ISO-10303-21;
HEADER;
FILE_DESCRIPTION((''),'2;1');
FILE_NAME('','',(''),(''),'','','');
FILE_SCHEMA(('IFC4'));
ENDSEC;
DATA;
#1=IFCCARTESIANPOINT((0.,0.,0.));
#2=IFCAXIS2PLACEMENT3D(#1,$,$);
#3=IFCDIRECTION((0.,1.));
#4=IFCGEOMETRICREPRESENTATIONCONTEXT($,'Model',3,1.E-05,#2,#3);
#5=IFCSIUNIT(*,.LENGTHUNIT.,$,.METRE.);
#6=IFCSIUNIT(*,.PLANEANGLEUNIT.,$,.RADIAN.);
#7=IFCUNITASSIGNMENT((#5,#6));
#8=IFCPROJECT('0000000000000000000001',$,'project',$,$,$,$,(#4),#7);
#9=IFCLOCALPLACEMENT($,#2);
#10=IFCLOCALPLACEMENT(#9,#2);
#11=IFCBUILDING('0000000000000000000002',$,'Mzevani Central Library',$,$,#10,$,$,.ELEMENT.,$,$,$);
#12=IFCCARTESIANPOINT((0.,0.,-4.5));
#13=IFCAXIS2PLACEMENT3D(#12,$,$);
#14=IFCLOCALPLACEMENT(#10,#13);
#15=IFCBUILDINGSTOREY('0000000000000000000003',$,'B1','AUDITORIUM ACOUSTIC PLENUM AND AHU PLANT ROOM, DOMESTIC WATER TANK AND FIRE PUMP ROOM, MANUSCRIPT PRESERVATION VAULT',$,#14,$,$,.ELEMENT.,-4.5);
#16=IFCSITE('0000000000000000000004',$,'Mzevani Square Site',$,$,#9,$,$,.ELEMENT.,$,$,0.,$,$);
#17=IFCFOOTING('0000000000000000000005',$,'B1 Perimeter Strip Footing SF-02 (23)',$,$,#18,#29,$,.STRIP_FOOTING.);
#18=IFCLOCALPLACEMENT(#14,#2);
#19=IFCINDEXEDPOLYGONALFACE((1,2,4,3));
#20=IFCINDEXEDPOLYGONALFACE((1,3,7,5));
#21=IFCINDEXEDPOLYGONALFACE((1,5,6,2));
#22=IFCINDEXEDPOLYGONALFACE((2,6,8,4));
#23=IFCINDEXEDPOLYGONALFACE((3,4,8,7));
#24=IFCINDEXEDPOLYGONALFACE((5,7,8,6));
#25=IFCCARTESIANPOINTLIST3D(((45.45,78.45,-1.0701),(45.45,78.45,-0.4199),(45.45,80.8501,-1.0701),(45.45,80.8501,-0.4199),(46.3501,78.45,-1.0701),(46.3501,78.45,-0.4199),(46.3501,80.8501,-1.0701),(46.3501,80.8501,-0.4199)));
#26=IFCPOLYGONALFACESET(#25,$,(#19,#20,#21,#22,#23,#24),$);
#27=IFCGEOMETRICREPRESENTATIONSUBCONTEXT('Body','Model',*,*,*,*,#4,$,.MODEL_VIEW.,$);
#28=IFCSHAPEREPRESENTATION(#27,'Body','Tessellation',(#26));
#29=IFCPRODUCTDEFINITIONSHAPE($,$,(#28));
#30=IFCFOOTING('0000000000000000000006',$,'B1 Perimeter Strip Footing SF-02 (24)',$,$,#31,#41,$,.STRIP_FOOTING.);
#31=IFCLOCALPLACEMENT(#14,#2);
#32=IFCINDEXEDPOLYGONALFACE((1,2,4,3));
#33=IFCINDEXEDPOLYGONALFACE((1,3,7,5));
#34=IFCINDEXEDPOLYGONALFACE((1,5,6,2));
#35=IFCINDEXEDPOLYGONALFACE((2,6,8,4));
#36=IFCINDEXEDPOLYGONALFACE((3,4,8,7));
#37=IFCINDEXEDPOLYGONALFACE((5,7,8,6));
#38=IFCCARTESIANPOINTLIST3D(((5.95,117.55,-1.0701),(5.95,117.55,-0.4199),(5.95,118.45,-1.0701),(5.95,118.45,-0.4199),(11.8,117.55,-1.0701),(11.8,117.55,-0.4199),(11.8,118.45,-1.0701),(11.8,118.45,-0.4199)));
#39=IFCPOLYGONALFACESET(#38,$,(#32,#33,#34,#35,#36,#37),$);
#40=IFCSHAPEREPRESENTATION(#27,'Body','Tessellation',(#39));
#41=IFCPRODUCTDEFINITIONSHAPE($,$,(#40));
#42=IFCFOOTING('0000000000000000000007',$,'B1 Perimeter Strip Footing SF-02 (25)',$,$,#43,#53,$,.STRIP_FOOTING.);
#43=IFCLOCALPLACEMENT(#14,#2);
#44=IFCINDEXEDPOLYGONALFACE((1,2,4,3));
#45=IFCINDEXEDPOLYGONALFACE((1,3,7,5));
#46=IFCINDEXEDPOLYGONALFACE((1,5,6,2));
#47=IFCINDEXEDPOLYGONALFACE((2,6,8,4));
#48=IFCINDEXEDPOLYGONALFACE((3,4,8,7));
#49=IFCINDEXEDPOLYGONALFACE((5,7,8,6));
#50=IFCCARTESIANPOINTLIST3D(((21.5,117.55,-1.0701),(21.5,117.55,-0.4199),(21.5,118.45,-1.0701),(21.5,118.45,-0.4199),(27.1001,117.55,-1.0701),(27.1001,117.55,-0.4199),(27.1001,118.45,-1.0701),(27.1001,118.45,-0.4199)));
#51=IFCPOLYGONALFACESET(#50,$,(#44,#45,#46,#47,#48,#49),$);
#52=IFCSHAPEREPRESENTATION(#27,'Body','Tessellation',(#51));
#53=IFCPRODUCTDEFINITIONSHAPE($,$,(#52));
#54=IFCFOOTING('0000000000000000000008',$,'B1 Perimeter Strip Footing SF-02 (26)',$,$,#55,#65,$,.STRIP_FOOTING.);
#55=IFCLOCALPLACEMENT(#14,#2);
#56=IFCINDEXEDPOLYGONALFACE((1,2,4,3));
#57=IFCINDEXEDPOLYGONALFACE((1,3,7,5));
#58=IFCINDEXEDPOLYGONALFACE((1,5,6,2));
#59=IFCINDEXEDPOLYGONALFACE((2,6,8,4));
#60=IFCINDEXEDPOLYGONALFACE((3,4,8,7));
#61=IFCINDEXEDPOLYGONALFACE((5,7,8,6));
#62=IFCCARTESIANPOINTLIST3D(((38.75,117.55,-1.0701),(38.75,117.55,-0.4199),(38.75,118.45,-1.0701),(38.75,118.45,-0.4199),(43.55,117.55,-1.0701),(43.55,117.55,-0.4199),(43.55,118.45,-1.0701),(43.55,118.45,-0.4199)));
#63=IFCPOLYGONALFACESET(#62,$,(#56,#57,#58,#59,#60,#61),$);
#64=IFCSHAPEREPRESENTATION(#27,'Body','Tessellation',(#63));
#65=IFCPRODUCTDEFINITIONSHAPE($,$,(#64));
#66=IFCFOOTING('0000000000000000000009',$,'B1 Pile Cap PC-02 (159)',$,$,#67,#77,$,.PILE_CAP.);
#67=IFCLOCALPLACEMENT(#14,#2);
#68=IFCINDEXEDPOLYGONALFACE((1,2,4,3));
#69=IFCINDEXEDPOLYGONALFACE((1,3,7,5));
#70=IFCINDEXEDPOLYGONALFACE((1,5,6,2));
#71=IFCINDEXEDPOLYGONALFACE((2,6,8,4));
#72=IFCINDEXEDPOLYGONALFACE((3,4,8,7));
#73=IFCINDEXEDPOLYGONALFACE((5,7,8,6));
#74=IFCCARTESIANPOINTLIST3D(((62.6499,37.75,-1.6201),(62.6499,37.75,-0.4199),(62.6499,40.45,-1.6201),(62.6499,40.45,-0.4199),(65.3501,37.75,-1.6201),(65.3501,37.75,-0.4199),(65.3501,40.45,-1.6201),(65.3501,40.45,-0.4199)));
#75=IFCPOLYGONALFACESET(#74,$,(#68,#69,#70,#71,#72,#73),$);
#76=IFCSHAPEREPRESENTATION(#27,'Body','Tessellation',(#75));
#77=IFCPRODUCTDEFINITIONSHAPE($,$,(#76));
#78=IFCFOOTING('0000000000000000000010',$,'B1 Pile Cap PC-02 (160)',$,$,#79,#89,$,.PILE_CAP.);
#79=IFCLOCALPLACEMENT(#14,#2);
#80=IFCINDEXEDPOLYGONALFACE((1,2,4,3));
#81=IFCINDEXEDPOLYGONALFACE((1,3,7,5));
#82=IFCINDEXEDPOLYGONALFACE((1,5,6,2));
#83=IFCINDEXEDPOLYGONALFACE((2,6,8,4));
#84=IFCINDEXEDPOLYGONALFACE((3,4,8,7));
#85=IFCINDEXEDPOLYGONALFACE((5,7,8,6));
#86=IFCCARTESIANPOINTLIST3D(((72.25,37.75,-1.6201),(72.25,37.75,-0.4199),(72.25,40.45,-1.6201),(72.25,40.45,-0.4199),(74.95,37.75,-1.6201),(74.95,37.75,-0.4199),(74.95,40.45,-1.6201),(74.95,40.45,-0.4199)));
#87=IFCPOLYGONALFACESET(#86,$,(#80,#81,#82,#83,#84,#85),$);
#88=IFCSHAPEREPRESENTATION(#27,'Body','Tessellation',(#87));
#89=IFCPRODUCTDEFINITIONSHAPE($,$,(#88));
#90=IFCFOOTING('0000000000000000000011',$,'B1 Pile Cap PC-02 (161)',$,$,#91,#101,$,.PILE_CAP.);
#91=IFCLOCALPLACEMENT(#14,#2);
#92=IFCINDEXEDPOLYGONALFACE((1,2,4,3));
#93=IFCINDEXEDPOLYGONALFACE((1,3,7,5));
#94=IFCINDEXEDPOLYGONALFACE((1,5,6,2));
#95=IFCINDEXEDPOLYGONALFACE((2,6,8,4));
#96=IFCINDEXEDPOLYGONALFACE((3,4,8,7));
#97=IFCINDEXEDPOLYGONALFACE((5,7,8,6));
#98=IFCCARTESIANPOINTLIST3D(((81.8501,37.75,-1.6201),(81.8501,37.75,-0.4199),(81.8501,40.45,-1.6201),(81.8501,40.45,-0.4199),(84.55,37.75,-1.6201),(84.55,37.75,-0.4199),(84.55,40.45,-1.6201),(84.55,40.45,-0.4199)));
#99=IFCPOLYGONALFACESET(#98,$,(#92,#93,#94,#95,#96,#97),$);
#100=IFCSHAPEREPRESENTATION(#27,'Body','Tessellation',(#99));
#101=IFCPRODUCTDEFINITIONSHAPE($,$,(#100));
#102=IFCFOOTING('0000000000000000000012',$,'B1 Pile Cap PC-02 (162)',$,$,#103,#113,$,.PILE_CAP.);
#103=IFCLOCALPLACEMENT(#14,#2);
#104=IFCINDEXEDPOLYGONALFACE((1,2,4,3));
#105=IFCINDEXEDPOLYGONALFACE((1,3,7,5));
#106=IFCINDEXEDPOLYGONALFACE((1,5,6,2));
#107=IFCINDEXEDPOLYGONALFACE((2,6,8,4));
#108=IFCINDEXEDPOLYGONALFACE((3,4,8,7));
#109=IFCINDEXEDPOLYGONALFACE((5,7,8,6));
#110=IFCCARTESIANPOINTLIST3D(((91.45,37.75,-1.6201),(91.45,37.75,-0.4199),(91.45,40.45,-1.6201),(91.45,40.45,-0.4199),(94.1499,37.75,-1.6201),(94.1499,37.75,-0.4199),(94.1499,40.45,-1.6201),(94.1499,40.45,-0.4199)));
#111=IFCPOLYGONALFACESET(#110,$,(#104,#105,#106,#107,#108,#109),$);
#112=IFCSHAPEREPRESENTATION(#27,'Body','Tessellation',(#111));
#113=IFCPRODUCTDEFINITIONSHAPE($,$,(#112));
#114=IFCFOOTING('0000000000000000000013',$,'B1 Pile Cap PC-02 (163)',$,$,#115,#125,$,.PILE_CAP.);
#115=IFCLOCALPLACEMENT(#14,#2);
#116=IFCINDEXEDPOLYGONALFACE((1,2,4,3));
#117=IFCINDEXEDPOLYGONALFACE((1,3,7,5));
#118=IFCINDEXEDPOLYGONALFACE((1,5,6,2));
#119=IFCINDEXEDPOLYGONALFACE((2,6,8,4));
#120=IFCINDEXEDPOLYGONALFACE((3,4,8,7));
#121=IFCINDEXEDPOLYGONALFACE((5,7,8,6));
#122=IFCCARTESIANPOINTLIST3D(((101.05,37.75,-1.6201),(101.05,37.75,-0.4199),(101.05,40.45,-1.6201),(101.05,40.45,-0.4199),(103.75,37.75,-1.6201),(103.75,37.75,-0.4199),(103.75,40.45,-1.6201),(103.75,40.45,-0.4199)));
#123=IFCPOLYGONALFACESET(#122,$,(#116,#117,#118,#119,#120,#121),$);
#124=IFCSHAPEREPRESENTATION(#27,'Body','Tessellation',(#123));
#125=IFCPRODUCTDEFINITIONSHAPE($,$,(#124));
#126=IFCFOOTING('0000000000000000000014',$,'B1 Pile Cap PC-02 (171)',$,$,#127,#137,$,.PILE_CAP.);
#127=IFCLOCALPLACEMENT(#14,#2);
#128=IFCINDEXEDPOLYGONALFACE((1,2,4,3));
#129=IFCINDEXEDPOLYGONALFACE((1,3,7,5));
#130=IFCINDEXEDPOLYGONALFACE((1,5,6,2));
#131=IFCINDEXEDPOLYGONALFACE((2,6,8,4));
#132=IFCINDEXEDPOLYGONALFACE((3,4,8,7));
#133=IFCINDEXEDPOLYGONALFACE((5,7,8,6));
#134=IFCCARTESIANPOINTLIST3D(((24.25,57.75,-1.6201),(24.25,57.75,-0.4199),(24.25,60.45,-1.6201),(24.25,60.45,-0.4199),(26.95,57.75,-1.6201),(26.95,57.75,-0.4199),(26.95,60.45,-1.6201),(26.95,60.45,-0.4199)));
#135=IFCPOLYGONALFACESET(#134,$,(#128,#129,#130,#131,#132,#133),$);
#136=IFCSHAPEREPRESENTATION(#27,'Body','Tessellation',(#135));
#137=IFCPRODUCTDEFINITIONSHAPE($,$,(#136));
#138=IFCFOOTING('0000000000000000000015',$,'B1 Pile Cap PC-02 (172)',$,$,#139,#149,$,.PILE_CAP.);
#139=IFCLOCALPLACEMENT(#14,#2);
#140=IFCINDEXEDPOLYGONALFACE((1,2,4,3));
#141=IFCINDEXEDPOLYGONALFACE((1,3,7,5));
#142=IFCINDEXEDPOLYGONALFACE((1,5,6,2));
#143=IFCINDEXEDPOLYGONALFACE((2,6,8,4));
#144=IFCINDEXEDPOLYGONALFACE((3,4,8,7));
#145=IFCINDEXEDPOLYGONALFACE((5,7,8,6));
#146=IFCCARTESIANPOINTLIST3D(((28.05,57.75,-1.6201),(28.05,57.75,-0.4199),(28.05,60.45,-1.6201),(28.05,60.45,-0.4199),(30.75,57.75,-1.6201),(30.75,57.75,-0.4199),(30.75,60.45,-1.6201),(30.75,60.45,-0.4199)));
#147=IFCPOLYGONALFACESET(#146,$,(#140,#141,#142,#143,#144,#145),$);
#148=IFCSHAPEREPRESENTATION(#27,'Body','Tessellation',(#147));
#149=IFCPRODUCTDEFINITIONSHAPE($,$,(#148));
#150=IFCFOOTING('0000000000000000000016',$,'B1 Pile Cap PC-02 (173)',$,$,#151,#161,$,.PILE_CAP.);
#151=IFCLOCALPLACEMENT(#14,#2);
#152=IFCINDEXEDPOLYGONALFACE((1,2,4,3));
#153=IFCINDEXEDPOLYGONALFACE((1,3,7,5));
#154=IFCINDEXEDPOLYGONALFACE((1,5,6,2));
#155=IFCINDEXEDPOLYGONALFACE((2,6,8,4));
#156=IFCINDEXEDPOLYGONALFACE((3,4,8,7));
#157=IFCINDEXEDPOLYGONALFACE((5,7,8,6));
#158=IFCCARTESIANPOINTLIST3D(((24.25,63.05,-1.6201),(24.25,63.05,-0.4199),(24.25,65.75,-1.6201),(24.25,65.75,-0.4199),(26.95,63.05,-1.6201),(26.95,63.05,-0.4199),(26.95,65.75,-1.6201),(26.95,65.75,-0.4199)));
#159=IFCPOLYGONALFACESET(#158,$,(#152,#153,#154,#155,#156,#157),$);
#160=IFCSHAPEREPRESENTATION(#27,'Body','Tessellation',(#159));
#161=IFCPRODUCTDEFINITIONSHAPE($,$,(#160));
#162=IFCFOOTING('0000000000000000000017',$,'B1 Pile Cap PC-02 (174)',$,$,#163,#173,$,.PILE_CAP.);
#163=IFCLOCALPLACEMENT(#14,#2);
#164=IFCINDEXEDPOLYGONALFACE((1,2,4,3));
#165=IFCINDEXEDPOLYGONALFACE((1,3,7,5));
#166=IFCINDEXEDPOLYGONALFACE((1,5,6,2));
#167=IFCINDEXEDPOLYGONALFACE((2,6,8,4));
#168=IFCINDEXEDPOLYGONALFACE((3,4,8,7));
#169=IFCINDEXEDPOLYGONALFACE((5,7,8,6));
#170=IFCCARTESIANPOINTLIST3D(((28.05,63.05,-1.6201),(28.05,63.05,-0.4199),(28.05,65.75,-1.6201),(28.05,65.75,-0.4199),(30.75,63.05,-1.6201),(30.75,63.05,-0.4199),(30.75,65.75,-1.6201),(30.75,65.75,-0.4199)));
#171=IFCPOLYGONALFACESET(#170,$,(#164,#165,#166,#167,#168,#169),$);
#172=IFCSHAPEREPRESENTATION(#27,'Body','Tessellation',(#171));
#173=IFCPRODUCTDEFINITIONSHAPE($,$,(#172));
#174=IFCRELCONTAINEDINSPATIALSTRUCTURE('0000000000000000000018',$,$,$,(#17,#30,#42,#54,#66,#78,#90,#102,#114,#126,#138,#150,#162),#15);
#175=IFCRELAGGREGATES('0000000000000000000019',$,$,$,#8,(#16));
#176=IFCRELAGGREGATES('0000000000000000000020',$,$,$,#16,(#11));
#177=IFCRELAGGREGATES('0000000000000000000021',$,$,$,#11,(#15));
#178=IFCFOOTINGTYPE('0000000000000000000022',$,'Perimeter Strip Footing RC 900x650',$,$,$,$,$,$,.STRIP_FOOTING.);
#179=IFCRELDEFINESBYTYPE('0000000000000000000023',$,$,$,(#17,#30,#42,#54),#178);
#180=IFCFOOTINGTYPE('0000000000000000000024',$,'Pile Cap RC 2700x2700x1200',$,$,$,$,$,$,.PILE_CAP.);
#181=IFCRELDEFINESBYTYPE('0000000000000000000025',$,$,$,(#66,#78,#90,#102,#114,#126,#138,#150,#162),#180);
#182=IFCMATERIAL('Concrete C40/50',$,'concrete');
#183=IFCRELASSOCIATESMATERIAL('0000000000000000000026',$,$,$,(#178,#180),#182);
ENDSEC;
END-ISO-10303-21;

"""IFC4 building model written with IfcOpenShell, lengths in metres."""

from ifc_helpers import new_model, si_unit, direction, frame, origin, place, context, subcontext, project, spatial, polyline, outline, extrude, material, type_object, element, save


model = new_model("IFC4")

# Units and contexts
model_context = context("Model", 3, precision=1e-05, world=origin(), true_north=direction((0.0, 1.0)))
body_context = subcontext(model_context, "Body", "Model", "MODEL_VIEW")
ifc_project = project(units=[si_unit("LENGTHUNIT", "METRE"), si_unit("PLANEANGLEUNIT", "RADIAN")], contexts=[model_context])

# Site, building, storey
site_placement = place(None, origin())
site = spatial("IfcSite", under=ifc_project, at=site_placement, Name="Mzevani Square Site", CompositionType="ELEMENT", RefElevation=0.0)
building_placement = place(site_placement, origin())
building = spatial("IfcBuilding", under=site, at=building_placement, Name="Mzevani Central Library", CompositionType="ELEMENT")
storey_placement = place(building_placement, frame((0.0, 0.0, -4.5)))
storey = spatial("IfcBuildingStorey", under=building, at=storey_placement, Name="B1", Description="AUDITORIUM ACOUSTIC PLENUM AND AHU PLANT ROOM, DOMESTIC WATER TANK AND FIRE PUMP ROOM, MANUSCRIPT PRESERVATION VAULT", CompositionType="ELEMENT", Elevation=-4.5)

# Footings
ifc_material = material(Name="Concrete C40/50", Category="concrete")
footing_type_1 = type_object("IfcFootingType", Name="Perimeter Strip Footing RC 900x650", PredefinedType="STRIP_FOOTING", material=ifc_material)
footing_1_placement = place(storey_placement, frame((0.0, 0.0, -1.0701)))
element("IfcFooting", 1, at=footing_1_placement, inside=storey, type_object=footing_type_1, Name="B1 Perimeter Strip Footing SF-02 (23)", PredefinedType="STRIP_FOOTING", context=body_context, shape_type="SweptSolid", body=[
    extrude(outline(polyline([(45.45, 78.45), (45.45, 80.8501), (46.3501, 80.8501), (46.3501, 78.45), (45.45, 78.45)])), origin(), (0.0, 0.0, 1.0), 0.6501),
])
footing_2_placement = place(storey_placement, frame((0.0, 0.0, -1.0701)))
element("IfcFooting", 2, at=footing_2_placement, inside=storey, type_object=footing_type_1, Name="B1 Perimeter Strip Footing SF-02 (24)", PredefinedType="STRIP_FOOTING", context=body_context, shape_type="SweptSolid", body=[
    extrude(outline(polyline([(11.8, 117.55), (5.95, 117.55), (5.95, 118.45), (11.8, 118.45), (11.8, 117.55)])), origin(), (0.0, 0.0, 1.0), 0.6501),
])
footing_3_placement = place(storey_placement, frame((0.0, 0.0, -1.0701)))
element("IfcFooting", 3, at=footing_3_placement, inside=storey, type_object=footing_type_1, Name="B1 Perimeter Strip Footing SF-02 (25)", PredefinedType="STRIP_FOOTING", context=body_context, shape_type="SweptSolid", body=[
    extrude(outline(polyline([(27.1001, 117.55), (21.5, 117.55), (21.5, 118.45), (27.1001, 118.45), (27.1001, 117.55)])), origin(), (0.0, 0.0, 1.0), 0.6501),
])
footing_4_placement = place(storey_placement, frame((0.0, 0.0, -1.0701)))
element("IfcFooting", 4, at=footing_4_placement, inside=storey, type_object=footing_type_1, Name="B1 Perimeter Strip Footing SF-02 (26)", PredefinedType="STRIP_FOOTING", context=body_context, shape_type="SweptSolid", body=[
    extrude(outline(polyline([(43.55, 117.55), (38.75, 117.55), (38.75, 118.45), (43.55, 118.45), (43.55, 117.55)])), origin(), (0.0, 0.0, 1.0), 0.6501),
])
footing_type_2 = type_object("IfcFootingType", Name="Pile Cap RC 2700x2700x1200", PredefinedType="PILE_CAP", material=ifc_material)
footing_5_placement = place(storey_placement, frame((0.0, 0.0, -1.6201)))
element("IfcFooting", 5, at=footing_5_placement, inside=storey, type_object=footing_type_2, Name="B1 Pile Cap PC-02 (159)", PredefinedType="PILE_CAP", context=body_context, shape_type="SweptSolid", body=[
    extrude(outline(polyline([(62.6499, 37.75), (65.3501, 37.75), (65.3501, 40.45), (62.6499, 40.45), (62.6499, 37.75)])), origin(), (0.0, 0.0, 1.0), 1.2002),
])
footing_6_placement = place(storey_placement, frame((0.0, 0.0, -1.6201)))
element("IfcFooting", 6, at=footing_6_placement, inside=storey, type_object=footing_type_2, Name="B1 Pile Cap PC-02 (160)", PredefinedType="PILE_CAP", context=body_context, shape_type="SweptSolid", body=[
    extrude(outline(polyline([(72.25, 37.75), (74.95, 37.75), (74.95, 40.45), (72.25, 40.45), (72.25, 37.75)])), origin(), (0.0, 0.0, 1.0), 1.2002),
])
footing_7_placement = place(storey_placement, frame((0.0, 0.0, -1.6201)))
element("IfcFooting", 7, at=footing_7_placement, inside=storey, type_object=footing_type_2, Name="B1 Pile Cap PC-02 (161)", PredefinedType="PILE_CAP", context=body_context, shape_type="SweptSolid", body=[
    extrude(outline(polyline([(81.8501, 37.75), (84.55, 37.75), (84.55, 40.45), (81.8501, 40.45), (81.8501, 37.75)])), origin(), (0.0, 0.0, 1.0), 1.2002),
])
footing_8_placement = place(storey_placement, frame((0.0, 0.0, -1.6201)))
element("IfcFooting", 8, at=footing_8_placement, inside=storey, type_object=footing_type_2, Name="B1 Pile Cap PC-02 (162)", PredefinedType="PILE_CAP", context=body_context, shape_type="SweptSolid", body=[
    extrude(outline(polyline([(91.45, 37.75), (94.1499, 37.75), (94.1499, 40.45), (91.45, 40.45), (91.45, 37.75)])), origin(), (0.0, 0.0, 1.0), 1.2002),
])
footing_9_placement = place(storey_placement, frame((0.0, 0.0, -1.6201)))
element("IfcFooting", 9, at=footing_9_placement, inside=storey, type_object=footing_type_2, Name="B1 Pile Cap PC-02 (163)", PredefinedType="PILE_CAP", context=body_context, shape_type="SweptSolid", body=[
    extrude(outline(polyline([(101.05, 37.75), (103.75, 37.75), (103.75, 40.45), (101.05, 40.45), (101.05, 37.75)])), origin(), (0.0, 0.0, 1.0), 1.2002),
])
footing_10_placement = place(storey_placement, frame((0.0, 0.0, -1.6201)))
element("IfcFooting", 10, at=footing_10_placement, inside=storey, type_object=footing_type_2, Name="B1 Pile Cap PC-02 (171)", PredefinedType="PILE_CAP", context=body_context, shape_type="SweptSolid", body=[
    extrude(outline(polyline([(24.25, 57.75), (26.95, 57.75), (26.95, 60.45), (24.25, 60.45), (24.25, 57.75)])), origin(), (0.0, 0.0, 1.0), 1.2002),
])
footing_11_placement = place(storey_placement, frame((0.0, 0.0, -1.6201)))
element("IfcFooting", 11, at=footing_11_placement, inside=storey, type_object=footing_type_2, Name="B1 Pile Cap PC-02 (172)", PredefinedType="PILE_CAP", context=body_context, shape_type="SweptSolid", body=[
    extrude(outline(polyline([(28.05, 57.75), (30.75, 57.75), (30.75, 60.45), (28.05, 60.45), (28.05, 57.75)])), origin(), (0.0, 0.0, 1.0), 1.2002),
])
footing_12_placement = place(storey_placement, frame((0.0, 0.0, -1.6201)))
element("IfcFooting", 12, at=footing_12_placement, inside=storey, type_object=footing_type_2, Name="B1 Pile Cap PC-02 (173)", PredefinedType="PILE_CAP", context=body_context, shape_type="SweptSolid", body=[
    extrude(outline(polyline([(24.25, 63.05), (26.95, 63.05), (26.95, 65.75), (24.25, 65.75), (24.25, 63.05)])), origin(), (0.0, 0.0, 1.0), 1.2002),
])
footing_13_placement = place(storey_placement, frame((0.0, 0.0, -1.6201)))
element("IfcFooting", 13, at=footing_13_placement, inside=storey, type_object=footing_type_2, Name="B1 Pile Cap PC-02 (174)", PredefinedType="PILE_CAP", context=body_context, shape_type="SweptSolid", body=[
    extrude(outline(polyline([(28.05, 63.05), (30.75, 63.05), (30.75, 65.75), (28.05, 65.75), (28.05, 63.05)])), origin(), (0.0, 0.0, 1.0), 1.2002),
])

save(model, "model.ifc")
